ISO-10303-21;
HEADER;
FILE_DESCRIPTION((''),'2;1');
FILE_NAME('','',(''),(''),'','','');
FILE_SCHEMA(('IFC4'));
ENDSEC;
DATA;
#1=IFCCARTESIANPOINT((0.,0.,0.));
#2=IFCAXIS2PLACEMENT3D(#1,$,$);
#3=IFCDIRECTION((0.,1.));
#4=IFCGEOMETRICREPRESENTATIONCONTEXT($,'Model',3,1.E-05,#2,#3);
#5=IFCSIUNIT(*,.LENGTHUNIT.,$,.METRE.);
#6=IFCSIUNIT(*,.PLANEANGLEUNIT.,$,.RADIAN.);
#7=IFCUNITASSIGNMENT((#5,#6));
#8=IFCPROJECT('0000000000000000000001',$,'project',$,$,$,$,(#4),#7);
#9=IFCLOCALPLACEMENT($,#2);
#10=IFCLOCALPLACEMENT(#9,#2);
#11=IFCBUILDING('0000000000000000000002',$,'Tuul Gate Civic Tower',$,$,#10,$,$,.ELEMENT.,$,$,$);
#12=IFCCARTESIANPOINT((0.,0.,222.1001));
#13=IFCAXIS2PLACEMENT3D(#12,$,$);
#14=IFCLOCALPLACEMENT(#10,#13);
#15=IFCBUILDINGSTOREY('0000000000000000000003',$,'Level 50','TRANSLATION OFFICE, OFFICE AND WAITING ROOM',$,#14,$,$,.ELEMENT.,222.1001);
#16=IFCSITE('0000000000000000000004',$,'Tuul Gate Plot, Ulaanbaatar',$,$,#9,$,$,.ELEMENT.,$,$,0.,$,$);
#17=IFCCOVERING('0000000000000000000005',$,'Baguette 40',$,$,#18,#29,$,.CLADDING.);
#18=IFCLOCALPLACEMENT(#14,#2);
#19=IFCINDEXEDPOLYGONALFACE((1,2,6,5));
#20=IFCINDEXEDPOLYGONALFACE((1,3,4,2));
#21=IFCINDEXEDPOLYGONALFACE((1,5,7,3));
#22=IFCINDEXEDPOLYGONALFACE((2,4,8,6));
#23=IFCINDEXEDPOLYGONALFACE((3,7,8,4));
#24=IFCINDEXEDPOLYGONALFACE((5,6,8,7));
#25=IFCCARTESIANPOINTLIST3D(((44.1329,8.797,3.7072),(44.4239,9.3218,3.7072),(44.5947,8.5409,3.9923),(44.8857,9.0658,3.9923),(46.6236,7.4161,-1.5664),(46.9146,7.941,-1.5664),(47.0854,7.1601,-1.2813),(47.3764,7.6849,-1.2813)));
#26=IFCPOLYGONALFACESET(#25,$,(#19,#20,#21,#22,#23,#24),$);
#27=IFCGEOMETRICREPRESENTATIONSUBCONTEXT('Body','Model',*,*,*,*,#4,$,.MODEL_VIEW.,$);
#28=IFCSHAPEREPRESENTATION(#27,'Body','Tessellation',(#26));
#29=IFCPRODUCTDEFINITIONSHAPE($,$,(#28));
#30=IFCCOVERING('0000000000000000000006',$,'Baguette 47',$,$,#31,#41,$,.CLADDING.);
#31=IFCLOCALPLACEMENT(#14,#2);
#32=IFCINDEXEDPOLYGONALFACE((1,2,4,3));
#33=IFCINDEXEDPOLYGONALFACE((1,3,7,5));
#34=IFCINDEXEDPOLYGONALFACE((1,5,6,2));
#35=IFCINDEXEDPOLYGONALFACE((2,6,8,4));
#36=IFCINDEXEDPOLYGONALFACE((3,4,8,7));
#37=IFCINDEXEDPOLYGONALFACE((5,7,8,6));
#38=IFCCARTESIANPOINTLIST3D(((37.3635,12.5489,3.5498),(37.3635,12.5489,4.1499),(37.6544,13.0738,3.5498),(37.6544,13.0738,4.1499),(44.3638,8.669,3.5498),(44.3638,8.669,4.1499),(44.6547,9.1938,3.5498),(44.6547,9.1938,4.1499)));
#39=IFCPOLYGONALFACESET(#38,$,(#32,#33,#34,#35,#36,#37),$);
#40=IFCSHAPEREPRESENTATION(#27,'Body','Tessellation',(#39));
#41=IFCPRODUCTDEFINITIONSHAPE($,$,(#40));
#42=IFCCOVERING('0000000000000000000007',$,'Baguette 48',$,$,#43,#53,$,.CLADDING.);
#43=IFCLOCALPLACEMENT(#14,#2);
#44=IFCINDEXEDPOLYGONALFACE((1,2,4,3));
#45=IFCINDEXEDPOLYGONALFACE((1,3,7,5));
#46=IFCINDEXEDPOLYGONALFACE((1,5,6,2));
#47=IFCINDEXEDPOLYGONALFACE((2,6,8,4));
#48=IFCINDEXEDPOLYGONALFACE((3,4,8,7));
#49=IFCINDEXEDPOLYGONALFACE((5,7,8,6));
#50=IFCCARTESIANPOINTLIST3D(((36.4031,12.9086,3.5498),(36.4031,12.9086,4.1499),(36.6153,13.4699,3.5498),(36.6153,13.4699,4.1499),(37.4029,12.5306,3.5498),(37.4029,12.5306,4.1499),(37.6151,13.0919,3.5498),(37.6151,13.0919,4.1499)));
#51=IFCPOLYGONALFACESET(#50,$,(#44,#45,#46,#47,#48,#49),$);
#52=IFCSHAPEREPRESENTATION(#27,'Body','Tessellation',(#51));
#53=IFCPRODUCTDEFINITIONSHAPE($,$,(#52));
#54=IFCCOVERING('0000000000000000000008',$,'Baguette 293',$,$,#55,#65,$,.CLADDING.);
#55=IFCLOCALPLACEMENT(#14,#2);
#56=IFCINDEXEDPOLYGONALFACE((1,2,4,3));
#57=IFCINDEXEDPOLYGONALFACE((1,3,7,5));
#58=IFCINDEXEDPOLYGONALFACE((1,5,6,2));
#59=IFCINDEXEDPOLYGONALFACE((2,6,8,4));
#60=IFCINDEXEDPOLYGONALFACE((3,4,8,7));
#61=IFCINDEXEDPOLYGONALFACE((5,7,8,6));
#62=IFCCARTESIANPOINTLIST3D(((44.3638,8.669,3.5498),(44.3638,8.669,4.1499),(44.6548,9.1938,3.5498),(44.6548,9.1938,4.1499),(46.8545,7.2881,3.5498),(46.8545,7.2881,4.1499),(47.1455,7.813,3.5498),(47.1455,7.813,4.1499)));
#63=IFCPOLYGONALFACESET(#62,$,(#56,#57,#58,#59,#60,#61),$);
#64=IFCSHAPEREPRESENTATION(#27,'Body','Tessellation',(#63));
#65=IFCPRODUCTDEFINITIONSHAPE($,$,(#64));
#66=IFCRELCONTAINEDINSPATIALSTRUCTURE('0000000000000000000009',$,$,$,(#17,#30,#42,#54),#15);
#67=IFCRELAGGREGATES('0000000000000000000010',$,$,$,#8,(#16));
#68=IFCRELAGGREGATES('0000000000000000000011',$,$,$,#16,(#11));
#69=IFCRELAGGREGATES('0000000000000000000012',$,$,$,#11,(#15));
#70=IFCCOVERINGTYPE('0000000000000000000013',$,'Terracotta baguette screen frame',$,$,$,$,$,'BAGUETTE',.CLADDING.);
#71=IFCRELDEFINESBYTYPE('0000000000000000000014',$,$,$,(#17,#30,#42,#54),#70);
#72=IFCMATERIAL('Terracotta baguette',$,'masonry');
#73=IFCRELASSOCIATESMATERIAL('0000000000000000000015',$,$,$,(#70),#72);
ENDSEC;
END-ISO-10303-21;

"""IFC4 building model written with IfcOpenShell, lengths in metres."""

from ifc_helpers import new_model, si_unit, direction, frame, origin, origin_2d, place, context, subcontext, project, spatial, rectangle, extrude, material, material_profile, profile_set, type_object, element, save


model = new_model("IFC4")

# Units and contexts
model_context = context("Model", 3, precision=1e-05, world=origin(), true_north=direction((0.0, 1.0)))
body_context = subcontext(model_context, "Body", "Model", "MODEL_VIEW")
ifc_project = project(units=[si_unit("LENGTHUNIT", "METRE"), si_unit("PLANEANGLEUNIT", "RADIAN")], contexts=[model_context])

# Site, building, storey
site_placement = place(None, origin())
site = spatial("IfcSite", under=ifc_project, at=site_placement, Name="Tuul Gate Plot, Ulaanbaatar", CompositionType="ELEMENT", RefElevation=0.0)
building_placement = place(site_placement, origin())
building = spatial("IfcBuilding", under=site, at=building_placement, Name="Tuul Gate Civic Tower", CompositionType="ELEMENT")
storey_placement = place(building_placement, frame((0.0, 0.0, 222.1001)))
storey = spatial("IfcBuildingStorey", under=building, at=storey_placement, Name="Level 50", Description="TRANSLATION OFFICE, OFFICE AND WAITING ROOM", CompositionType="ELEMENT", Elevation=222.1001)

# Coverings
ifc_material_1 = material(Name="Terracotta baguette", Category="masonry")
ifc_material_profile_1 = material_profile(ifc_material_1, rectangle(XDim=0.6001, YDim=0.6001, at=origin_2d()), Name="Terracotta baguette screen frame")
ifc_profile_set_1 = profile_set([ifc_material_profile_1], Name="Terracotta baguette")
covering_type = type_object("IfcCoveringType", Name="Terracotta baguette screen frame", ElementType="BAGUETTE", PredefinedType="CLADDING", material=ifc_profile_set_1)
covering_1_placement = place(storey_placement, frame((47.0, 7.5505, -1.4238), z_axis=(-0.41557, 0.230392, 0.879898), x_axis=(-0.484871, -0.874586, 0.0)))
element("IfcCovering", 1, at=covering_1_placement, inside=storey, type_object=covering_type, Name="Baguette 40", PredefinedType="CLADDING", context=body_context, shape_type="SweptSolid", body=[
    extrude(rectangle(XDim=0.6001, YDim=0.6001, at=origin_2d()), origin(), (0.0, 0.0, 1.0), 5.9934),
])
covering_2_placement = place(storey_placement, frame((44.5093, 8.9314, 3.8499), z_axis=(-0.874642, 0.48477, 0.0), x_axis=(-0.48477, -0.874642, 0.0)))
element("IfcCovering", 2, at=covering_2_placement, inside=storey, type_object=covering_type, Name="Baguette 47", PredefinedType="CLADDING", context=body_context, shape_type="SweptSolid", body=[
    extrude(rectangle(XDim=0.6001, YDim=0.6001, at=origin_2d()), origin(), (0.0, 0.0, 1.0), 8.0037),
])
covering_3_placement = place(storey_placement, frame((37.509, 12.8113, 3.8499), z_axis=(-0.935397, 0.3536, 0.0), x_axis=(-0.3536, -0.935397, 0.0)))
element("IfcCovering", 3, at=covering_3_placement, inside=storey, type_object=covering_type, Name="Baguette 48", PredefinedType="CLADDING", context=body_context, shape_type="SweptSolid", body=[
    extrude(rectangle(XDim=0.6001, YDim=0.6001, at=origin_2d()), origin(), (0.0, 0.0, 1.0), 1.0688),
])
covering_4_placement = place(storey_placement, frame((47.0, 7.5505, 3.8499), z_axis=(-0.874586, 0.484871, 0.0), x_axis=(-0.484871, -0.874586, 0.0)))
element("IfcCovering", 4, at=covering_4_placement, inside=storey, type_object=covering_type, Name="Baguette 293", PredefinedType="CLADDING", context=body_context, shape_type="SweptSolid", body=[
    extrude(rectangle(XDim=0.6001, YDim=0.6001, at=origin_2d()), origin(), (0.0, 0.0, 1.0), 2.8479),
])

save(model, "model.ifc")
